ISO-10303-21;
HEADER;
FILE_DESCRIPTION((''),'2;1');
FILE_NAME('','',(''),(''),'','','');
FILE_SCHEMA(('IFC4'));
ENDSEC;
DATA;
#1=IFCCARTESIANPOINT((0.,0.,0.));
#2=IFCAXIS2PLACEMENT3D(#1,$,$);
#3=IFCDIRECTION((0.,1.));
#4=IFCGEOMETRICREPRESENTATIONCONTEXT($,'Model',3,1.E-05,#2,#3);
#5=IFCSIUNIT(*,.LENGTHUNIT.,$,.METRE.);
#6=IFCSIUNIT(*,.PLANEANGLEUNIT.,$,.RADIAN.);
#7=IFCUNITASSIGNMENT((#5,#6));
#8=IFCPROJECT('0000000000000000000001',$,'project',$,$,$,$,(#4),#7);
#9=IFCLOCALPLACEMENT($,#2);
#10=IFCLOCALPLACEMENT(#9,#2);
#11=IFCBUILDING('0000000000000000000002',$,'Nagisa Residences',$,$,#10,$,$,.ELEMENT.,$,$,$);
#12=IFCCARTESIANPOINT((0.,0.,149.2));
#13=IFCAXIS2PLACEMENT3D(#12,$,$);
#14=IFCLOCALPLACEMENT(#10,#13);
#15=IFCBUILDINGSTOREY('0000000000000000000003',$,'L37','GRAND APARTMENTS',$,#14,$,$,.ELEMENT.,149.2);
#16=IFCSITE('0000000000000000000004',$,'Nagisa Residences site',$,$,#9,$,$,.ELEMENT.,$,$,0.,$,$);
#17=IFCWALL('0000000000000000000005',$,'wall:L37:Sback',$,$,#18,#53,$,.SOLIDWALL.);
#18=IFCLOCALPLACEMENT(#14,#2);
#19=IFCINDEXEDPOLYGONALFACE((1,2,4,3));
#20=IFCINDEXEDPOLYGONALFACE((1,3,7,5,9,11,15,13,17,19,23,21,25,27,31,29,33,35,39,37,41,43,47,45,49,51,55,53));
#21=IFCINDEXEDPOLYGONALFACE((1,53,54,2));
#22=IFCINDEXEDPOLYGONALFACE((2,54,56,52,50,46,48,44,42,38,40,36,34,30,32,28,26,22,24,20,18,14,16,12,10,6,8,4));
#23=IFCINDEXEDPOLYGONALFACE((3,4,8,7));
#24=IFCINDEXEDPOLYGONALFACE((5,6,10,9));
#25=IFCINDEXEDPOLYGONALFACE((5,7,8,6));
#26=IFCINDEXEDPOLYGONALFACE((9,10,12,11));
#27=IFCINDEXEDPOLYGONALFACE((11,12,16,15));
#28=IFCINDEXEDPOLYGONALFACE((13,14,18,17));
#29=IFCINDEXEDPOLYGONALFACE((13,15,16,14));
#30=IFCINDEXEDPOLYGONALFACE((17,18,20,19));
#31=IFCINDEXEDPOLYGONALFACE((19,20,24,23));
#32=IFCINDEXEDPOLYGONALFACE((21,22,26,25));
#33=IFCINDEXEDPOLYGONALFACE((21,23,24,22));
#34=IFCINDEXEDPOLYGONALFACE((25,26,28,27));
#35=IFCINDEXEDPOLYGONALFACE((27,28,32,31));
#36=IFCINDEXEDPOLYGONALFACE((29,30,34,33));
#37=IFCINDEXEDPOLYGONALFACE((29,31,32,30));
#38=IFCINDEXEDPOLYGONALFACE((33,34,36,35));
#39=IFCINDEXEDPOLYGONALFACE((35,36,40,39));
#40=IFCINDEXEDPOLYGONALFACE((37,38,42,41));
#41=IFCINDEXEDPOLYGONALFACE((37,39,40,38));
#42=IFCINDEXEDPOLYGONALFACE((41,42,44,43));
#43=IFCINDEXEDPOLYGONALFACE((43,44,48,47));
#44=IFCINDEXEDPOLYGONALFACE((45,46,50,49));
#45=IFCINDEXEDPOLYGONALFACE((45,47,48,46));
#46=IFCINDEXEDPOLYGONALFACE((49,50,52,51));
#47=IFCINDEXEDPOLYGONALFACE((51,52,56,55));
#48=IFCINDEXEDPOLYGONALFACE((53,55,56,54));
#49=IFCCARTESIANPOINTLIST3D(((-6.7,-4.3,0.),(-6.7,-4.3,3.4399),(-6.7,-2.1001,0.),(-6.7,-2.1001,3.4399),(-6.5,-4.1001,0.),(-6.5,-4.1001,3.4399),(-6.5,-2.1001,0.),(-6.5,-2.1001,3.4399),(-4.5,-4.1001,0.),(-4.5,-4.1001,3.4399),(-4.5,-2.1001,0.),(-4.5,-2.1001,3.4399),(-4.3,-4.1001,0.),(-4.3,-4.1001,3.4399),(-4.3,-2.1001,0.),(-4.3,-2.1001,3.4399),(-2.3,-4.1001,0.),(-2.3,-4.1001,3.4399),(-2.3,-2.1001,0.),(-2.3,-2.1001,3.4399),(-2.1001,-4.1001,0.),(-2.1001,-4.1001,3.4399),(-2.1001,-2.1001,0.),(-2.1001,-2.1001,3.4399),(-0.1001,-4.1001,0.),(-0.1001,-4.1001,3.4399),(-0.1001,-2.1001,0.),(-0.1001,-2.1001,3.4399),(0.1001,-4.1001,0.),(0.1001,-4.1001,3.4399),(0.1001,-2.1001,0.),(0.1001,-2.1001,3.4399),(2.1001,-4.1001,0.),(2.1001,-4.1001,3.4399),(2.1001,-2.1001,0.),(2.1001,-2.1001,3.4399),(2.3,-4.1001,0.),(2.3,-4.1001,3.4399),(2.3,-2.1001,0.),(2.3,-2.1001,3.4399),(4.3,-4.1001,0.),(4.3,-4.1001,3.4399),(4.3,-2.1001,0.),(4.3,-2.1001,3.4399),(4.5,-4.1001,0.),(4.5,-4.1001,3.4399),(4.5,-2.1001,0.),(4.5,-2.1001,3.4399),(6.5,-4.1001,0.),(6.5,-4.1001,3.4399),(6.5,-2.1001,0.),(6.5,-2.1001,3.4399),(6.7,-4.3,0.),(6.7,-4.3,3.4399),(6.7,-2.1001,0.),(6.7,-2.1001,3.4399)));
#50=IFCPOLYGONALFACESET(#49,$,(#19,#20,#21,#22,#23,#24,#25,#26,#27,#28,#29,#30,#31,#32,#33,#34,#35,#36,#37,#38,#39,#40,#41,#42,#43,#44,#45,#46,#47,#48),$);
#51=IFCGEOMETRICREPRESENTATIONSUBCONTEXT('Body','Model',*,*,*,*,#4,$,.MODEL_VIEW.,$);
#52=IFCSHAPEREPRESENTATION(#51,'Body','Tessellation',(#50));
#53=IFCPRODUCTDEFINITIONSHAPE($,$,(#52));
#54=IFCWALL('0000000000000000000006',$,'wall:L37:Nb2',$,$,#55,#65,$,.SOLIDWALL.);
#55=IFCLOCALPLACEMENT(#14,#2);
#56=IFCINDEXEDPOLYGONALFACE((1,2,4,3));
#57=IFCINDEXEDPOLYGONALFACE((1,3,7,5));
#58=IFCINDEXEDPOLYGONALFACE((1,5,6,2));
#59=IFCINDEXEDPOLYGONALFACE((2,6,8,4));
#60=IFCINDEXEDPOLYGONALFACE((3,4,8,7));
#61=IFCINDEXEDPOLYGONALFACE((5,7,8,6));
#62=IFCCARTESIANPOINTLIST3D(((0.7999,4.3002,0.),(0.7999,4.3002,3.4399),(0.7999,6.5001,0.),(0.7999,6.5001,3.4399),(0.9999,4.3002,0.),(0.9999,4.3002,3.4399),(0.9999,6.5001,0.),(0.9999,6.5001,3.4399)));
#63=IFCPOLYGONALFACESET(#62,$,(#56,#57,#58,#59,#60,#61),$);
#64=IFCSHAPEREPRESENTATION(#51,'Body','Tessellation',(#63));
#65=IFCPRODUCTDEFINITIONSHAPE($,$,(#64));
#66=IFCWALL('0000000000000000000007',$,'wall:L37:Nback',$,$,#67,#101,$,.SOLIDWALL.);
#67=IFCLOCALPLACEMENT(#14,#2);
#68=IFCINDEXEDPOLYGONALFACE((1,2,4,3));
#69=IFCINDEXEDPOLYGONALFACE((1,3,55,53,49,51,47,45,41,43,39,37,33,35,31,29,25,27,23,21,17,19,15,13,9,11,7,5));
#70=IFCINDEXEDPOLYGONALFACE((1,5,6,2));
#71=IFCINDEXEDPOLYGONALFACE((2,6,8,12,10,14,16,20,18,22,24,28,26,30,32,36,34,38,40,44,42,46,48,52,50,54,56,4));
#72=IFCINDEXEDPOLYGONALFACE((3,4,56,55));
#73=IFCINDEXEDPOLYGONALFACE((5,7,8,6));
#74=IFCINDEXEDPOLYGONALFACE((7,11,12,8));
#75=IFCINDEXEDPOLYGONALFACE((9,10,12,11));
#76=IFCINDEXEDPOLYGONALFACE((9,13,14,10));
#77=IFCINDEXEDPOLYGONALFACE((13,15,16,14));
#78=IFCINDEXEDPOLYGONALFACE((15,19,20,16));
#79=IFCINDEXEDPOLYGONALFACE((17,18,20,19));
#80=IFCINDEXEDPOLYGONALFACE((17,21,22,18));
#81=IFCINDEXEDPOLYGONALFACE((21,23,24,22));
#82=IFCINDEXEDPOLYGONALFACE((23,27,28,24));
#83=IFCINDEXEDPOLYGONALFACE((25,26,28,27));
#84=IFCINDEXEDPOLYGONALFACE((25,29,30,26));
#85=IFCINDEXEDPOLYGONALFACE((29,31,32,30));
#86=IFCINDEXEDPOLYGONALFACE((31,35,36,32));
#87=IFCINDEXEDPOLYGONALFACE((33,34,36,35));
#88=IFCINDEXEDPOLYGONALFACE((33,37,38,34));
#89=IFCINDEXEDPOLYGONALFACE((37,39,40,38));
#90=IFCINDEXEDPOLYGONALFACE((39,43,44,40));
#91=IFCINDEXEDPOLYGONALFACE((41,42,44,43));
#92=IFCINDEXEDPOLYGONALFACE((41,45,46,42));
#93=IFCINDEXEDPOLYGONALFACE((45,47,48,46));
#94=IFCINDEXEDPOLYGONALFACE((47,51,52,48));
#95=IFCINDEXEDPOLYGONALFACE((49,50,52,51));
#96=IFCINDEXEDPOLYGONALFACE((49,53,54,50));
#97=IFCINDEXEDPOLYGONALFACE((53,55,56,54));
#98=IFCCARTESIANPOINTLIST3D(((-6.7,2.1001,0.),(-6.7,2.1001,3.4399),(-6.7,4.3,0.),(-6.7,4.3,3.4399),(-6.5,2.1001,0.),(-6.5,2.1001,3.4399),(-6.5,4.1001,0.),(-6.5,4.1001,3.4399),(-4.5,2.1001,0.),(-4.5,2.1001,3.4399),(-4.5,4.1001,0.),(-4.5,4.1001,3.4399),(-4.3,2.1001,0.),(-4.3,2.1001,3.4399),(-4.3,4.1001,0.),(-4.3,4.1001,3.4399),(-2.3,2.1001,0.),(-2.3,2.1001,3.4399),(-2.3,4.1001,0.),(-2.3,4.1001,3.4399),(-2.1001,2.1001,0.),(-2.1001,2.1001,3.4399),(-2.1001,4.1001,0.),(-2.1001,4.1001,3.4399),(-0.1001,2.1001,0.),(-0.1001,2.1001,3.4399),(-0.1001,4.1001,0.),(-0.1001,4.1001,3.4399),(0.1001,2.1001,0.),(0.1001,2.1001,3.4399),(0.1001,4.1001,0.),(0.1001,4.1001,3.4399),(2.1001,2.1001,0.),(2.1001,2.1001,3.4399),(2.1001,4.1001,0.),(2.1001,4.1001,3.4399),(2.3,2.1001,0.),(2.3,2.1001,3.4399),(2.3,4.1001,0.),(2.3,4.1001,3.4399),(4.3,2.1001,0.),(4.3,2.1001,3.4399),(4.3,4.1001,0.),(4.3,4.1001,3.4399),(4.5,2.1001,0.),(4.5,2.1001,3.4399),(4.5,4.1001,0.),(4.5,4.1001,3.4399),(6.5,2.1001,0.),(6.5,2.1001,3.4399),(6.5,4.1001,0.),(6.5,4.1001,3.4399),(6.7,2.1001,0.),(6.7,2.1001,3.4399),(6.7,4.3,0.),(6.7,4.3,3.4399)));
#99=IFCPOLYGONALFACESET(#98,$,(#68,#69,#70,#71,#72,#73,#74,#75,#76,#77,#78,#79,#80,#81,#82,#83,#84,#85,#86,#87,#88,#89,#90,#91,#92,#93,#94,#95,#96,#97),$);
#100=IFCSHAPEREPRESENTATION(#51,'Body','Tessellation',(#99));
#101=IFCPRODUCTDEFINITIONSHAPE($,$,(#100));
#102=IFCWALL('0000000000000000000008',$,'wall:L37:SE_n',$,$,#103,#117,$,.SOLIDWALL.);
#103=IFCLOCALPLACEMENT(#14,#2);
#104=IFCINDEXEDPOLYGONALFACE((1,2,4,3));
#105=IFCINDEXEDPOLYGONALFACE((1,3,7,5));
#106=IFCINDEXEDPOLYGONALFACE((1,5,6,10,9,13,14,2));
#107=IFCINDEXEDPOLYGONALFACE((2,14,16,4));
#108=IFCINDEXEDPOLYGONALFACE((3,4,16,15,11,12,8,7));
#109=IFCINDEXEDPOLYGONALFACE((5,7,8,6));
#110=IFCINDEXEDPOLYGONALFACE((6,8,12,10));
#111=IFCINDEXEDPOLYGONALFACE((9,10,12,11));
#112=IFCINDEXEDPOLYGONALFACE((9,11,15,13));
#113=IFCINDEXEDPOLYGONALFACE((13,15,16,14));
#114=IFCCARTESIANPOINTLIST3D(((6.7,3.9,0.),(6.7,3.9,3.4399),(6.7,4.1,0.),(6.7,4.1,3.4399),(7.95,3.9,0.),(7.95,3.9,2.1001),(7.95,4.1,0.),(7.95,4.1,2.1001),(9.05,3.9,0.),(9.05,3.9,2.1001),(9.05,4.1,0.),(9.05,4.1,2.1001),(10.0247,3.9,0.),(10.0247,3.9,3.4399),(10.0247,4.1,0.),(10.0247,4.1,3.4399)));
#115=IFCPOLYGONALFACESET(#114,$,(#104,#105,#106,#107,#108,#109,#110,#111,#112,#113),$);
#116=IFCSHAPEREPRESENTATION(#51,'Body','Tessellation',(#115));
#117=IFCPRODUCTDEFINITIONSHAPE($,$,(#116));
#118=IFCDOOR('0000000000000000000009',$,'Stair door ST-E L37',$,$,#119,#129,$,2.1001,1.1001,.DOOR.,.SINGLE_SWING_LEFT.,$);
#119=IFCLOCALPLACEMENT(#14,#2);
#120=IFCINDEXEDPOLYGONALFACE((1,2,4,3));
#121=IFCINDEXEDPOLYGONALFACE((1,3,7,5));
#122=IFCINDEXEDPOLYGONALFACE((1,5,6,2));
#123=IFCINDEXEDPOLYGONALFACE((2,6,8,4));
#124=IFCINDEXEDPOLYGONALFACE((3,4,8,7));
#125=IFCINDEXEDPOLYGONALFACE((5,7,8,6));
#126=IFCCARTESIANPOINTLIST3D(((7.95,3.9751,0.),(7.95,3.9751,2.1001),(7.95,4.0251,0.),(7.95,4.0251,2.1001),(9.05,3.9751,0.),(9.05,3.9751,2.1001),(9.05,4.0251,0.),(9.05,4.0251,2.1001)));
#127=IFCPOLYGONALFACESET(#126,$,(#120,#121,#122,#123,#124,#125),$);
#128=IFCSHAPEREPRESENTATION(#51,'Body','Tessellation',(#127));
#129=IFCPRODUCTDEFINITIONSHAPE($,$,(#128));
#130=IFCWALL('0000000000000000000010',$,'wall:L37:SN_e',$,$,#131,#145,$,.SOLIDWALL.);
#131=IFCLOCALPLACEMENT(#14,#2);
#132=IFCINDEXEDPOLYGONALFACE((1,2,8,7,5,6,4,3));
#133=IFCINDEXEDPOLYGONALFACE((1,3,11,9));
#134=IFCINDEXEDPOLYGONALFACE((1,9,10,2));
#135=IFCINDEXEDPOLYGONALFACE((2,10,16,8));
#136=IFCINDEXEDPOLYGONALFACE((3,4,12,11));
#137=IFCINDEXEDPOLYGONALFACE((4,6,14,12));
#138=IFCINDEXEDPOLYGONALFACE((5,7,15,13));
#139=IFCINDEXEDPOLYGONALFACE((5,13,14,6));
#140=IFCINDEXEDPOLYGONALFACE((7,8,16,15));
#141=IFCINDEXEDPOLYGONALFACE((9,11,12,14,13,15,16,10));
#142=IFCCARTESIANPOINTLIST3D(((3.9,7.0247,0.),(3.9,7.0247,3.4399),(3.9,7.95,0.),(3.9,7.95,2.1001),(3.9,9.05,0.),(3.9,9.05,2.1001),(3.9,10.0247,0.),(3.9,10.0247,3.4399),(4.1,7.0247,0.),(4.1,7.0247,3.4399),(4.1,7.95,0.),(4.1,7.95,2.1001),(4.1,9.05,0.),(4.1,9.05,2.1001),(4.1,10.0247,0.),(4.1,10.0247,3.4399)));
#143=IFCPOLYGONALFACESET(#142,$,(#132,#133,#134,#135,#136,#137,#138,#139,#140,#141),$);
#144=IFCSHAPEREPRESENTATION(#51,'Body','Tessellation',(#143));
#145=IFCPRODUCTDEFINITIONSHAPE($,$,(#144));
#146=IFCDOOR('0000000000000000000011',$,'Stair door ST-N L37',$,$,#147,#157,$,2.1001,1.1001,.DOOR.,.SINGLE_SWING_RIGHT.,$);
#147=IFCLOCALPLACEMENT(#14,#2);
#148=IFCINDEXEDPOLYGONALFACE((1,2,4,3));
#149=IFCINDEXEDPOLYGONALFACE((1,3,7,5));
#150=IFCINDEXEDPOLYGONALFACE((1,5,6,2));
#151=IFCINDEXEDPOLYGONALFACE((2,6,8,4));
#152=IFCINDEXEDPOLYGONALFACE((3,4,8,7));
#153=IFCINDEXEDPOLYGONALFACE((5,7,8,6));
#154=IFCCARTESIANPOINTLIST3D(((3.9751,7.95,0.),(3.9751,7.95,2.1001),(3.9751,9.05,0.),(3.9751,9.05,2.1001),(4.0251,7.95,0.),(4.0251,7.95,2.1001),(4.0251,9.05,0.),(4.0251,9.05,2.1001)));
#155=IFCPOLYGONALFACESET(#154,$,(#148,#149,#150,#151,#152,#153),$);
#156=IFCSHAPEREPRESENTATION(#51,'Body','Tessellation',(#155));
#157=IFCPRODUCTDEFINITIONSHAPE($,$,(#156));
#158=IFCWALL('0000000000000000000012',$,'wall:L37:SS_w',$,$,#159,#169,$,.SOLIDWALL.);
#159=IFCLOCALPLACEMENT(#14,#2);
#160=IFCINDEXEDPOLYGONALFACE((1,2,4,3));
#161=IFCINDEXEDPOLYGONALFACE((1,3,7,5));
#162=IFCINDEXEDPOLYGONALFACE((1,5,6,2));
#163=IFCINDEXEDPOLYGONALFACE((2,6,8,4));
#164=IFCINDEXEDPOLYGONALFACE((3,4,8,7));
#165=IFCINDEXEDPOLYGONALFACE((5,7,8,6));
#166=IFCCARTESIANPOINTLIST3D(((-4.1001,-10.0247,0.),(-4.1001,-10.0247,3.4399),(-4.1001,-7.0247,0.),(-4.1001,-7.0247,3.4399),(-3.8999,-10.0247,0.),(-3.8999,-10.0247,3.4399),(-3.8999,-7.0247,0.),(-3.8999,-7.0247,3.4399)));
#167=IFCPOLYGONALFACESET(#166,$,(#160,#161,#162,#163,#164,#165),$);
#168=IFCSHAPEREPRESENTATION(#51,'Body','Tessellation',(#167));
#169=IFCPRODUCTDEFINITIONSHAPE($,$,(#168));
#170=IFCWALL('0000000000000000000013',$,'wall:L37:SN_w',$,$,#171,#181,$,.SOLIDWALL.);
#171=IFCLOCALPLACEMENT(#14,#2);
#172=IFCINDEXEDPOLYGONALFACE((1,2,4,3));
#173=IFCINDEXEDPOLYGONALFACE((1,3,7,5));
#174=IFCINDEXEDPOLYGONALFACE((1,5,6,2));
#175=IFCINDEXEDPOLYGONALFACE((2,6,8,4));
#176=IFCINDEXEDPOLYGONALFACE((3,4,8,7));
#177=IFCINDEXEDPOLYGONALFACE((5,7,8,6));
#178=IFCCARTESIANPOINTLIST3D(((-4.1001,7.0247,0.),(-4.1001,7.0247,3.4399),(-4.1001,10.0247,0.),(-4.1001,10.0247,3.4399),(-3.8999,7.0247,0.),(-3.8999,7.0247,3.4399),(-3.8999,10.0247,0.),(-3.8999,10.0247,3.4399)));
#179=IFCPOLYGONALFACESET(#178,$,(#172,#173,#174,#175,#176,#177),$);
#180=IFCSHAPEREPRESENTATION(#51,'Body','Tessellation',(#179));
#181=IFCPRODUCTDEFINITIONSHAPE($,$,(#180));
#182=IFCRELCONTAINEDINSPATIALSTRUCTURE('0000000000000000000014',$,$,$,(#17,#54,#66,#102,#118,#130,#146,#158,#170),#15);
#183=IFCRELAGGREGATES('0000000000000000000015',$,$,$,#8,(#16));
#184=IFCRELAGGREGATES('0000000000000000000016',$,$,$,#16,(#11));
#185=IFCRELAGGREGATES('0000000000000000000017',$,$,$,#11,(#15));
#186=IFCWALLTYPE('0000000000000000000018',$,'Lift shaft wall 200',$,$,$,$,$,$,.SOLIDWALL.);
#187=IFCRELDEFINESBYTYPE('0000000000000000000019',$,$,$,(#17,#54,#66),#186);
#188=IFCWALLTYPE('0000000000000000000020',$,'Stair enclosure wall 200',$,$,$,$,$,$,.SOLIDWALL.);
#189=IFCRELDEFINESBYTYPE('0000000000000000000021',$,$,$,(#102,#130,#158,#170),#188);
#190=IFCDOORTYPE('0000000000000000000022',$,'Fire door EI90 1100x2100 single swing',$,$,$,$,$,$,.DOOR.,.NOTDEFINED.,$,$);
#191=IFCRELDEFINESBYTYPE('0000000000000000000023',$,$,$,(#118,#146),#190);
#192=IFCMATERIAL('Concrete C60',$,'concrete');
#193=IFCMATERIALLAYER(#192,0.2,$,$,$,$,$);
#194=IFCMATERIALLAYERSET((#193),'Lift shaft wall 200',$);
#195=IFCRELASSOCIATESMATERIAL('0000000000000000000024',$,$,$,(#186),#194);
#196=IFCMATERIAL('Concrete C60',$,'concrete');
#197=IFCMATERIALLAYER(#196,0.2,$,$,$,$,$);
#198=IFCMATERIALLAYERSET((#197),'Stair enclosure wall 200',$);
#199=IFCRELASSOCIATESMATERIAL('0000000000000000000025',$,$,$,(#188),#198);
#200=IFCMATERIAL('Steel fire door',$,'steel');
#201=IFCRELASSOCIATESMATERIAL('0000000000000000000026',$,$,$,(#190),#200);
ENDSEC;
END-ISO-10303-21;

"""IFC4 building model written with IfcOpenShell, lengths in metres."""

from ifc_helpers import new_model, si_unit, direction, frame, frame_2d, origin, place, context, subcontext, project, spatial, polyline, rectangle, outline, extrude, material, layer, layer_set, type_object, element, fill, save


model = new_model("IFC4")

# Units and contexts
model_context = context("Model", 3, precision=1e-05, world=origin(), true_north=direction((0.0, 1.0)))
body_context = subcontext(model_context, "Body", "Model", "MODEL_VIEW")
ifc_project = project(units=[si_unit("LENGTHUNIT", "METRE"), si_unit("PLANEANGLEUNIT", "RADIAN")], contexts=[model_context])

# Site, building, storey
site_placement = place(None, origin())
site = spatial("IfcSite", under=ifc_project, at=site_placement, Name="Nagisa Residences site", CompositionType="ELEMENT", RefElevation=0.0)
building_placement = place(site_placement, origin())
building = spatial("IfcBuilding", under=site, at=building_placement, Name="Nagisa Residences", CompositionType="ELEMENT")
storey_placement = place(building_placement, frame((0.0, 0.0, 149.2)))
storey = spatial("IfcBuildingStorey", under=building, at=storey_placement, Name="L37", Description="GRAND APARTMENTS", CompositionType="ELEMENT", Elevation=149.2)

# Shared definitions
ifc_material_1 = material(Name="Concrete C60", Category="concrete")
ifc_layer_1 = layer(ifc_material_1, 0.2)
ifc_layer_set_1 = layer_set([ifc_layer_1], Name="Lift shaft wall 200")
wall_type_1 = type_object("IfcWallType", Name="Lift shaft wall 200", PredefinedType="SOLIDWALL", material=ifc_layer_set_1)

# Walls
wall_1_placement = place(storey_placement, origin())
element("IfcWall", 1, at=wall_1_placement, inside=storey, type_object=wall_type_1, Name="wall:L37:Sback", PredefinedType="SOLIDWALL", context=body_context, shape_type="SweptSolid", body=[
    extrude(outline(polyline([(-6.7, -2.1001), (-6.5, -2.1001), (-6.5, -4.1001), (-4.5, -4.1001), (-4.5, -2.1001), (-4.3, -2.1001), (-4.3, -4.1001), (-2.3, -4.1001), (-2.3, -2.1001), (-2.1001, -2.1001), (-2.1001, -4.1001), (-0.1001, -4.1001), (-0.1001, -2.1001), (0.1001, -2.1001), (0.1001, -4.1001), (2.1001, -4.1001), (2.1001, -2.1001), (2.3, -2.1001), (2.3, -4.1001), (4.3, -4.1001), (4.3, -2.1001), (4.5, -2.1001), (4.5, -4.1001), (6.5, -4.1001), (6.5, -2.1001), (6.7, -2.1001), (6.7, -4.3), (-6.7, -4.3), (-6.7, -2.1001)])), origin(), (0.0, 0.0, 1.0), 3.4399),
])
wall_2_placement = place(storey_placement, frame((0.8999, 4.3, 0.0), z_axis=(0.0, 0.0, 1.0), x_axis=(0.0, 1.0, 0.0)))
element("IfcWall", 2, at=wall_2_placement, inside=storey, type_object=wall_type_1, Name="wall:L37:Nb2", PredefinedType="SOLIDWALL", context=body_context, shape_type="SweptSolid", body=[
    extrude(rectangle(XDim=2.2, YDim=0.2, at=frame_2d((1.1001, 0.0))), origin(), (0.0, 0.0, 1.0), 3.4399),
])
wall_3_placement = place(storey_placement, origin())
element("IfcWall", 3, at=wall_3_placement, inside=storey, type_object=wall_type_1, Name="wall:L37:Nback", PredefinedType="SOLIDWALL", context=body_context, shape_type="SweptSolid", body=[
    extrude(outline(polyline([(-6.5, 2.1001), (-6.7, 2.1001), (-6.7, 4.3), (6.7, 4.3), (6.7, 2.1001), (6.5, 2.1001), (6.5, 4.1001), (4.5, 4.1001), (4.5, 2.1001), (4.3, 2.1001), (4.3, 4.1001), (2.3, 4.1001), (2.3, 2.1001), (2.1001, 2.1001), (2.1001, 4.1001), (0.1001, 4.1001), (0.1001, 2.1001), (-0.1001, 2.1001), (-0.1001, 4.1001), (-2.1001, 4.1001), (-2.1001, 2.1001), (-2.3, 2.1001), (-2.3, 4.1001), (-4.3, 4.1001), (-4.3, 2.1001), (-4.5, 2.1001), (-4.5, 4.1001), (-6.5, 4.1001), (-6.5, 2.1001)])), origin(), (0.0, 0.0, 1.0), 3.4399),
])

# Walls, openings, doors
ifc_material_2 = material(Name="Concrete C60", Category="concrete")
ifc_layer_2 = layer(ifc_material_2, 0.2)
ifc_layer_set_2 = layer_set([ifc_layer_2], Name="Stair enclosure wall 200")
wall_type_2 = type_object("IfcWallType", Name="Stair enclosure wall 200", PredefinedType="SOLIDWALL", material=ifc_layer_set_2)
wall_4_placement = place(storey_placement, frame((6.7, 4.0, 0.0), z_axis=(0.0, 0.0, 1.0), x_axis=(1.0, 0.0, 0.0)))
wall_4 = element("IfcWall", 4, at=wall_4_placement, inside=storey, type_object=wall_type_2, Name="wall:L37:SE_n", PredefinedType="SOLIDWALL", context=body_context, shape_type="SweptSolid", body=[
    extrude(rectangle(XDim=3.3247, YDim=0.2, at=frame_2d((1.6624, 0.0))), origin(), (0.0, 0.0, 1.0), 3.4399),
])
opening_1_placement = place(wall_4_placement, frame((1.25, 0.0, 0.0)))
opening_1 = element("IfcOpeningElement", 5, at=opening_1_placement, cuts=wall_4, PredefinedType="OPENING", context=body_context, shape_type="SweptSolid", body=[
    extrude(rectangle(XDim=1.1001, YDim=2.1001, at=frame_2d((0.55, 1.05))), frame((0.0, 0.1099, 0.0), z_axis=(0.0, -1.0, 0.0), x_axis=(1.0, 0.0, 0.0)), (0.0, 0.0, 1.0), 0.22),
])
ifc_material_3 = material(Name="Steel fire door", Category="steel")
door_type_1 = type_object("IfcDoorType", Name="Fire door EI90 1100x2100 single swing", OperationType="NOTDEFINED", PredefinedType="DOOR", material=ifc_material_3)
door_1_placement = place(opening_1_placement, frame((1.1001, 0.0, 0.0), x_axis=(-1.0, 0.0, 0.0)))
door_1 = element("IfcDoor", 6, at=door_1_placement, inside=storey, type_object=door_type_1, Name="Stair door ST-E L37", OperationType="SINGLE_SWING_LEFT", OverallHeight=2.1001, OverallWidth=1.1001, PredefinedType="DOOR", context=body_context, shape_type="SweptSolid", body=[
    extrude(rectangle(XDim=1.1001, YDim=2.1001, at=frame_2d((0.55, 1.05))), frame((0.0, 0.0249, 0.0), z_axis=(0.0, -1.0, 0.0), x_axis=(1.0, 0.0, 0.0)), (0.0, 0.0, 1.0), 0.05),
])
fill(opening_1, door_1)
wall_5_placement = place(storey_placement, frame((4.0, 7.0247, 0.0), z_axis=(0.0, 0.0, 1.0), x_axis=(0.0, 1.0, 0.0)))
wall_5 = element("IfcWall", 7, at=wall_5_placement, inside=storey, type_object=wall_type_2, Name="wall:L37:SN_e", PredefinedType="SOLIDWALL", context=body_context, shape_type="SweptSolid", body=[
    extrude(rectangle(XDim=3.0, YDim=0.2, at=frame_2d((1.5, 0.0))), origin(), (0.0, 0.0, 1.0), 3.4399),
])
opening_2_placement = place(wall_5_placement, frame((0.9253, 0.0, 0.0)))
opening_2 = element("IfcOpeningElement", 8, at=opening_2_placement, cuts=wall_5, PredefinedType="OPENING", context=body_context, shape_type="SweptSolid", body=[
    extrude(rectangle(XDim=1.1001, YDim=2.1001, at=frame_2d((0.55, 1.05))), frame((0.0, 0.1099, 0.0), z_axis=(0.0, -1.0, 0.0), x_axis=(1.0, 0.0, 0.0)), (0.0, 0.0, 1.0), 0.22),
])
door_2_placement = place(opening_2_placement, origin())
door_2 = element("IfcDoor", 9, at=door_2_placement, inside=storey, type_object=door_type_1, Name="Stair door ST-N L37", OperationType="SINGLE_SWING_RIGHT", OverallHeight=2.1001, OverallWidth=1.1001, PredefinedType="DOOR", context=body_context, shape_type="SweptSolid", body=[
    extrude(rectangle(XDim=1.1001, YDim=2.1001, at=frame_2d((0.55, 1.05))), frame((0.0, 0.0249, 0.0), z_axis=(0.0, -1.0, 0.0), x_axis=(1.0, 0.0, 0.0)), (0.0, 0.0, 1.0), 0.05),
])
fill(opening_2, door_2)

# Walls
wall_6_placement = place(storey_placement, origin())
element("IfcWall", 10, at=wall_6_placement, inside=storey, type_object=wall_type_2, Name="wall:L37:SS_w", PredefinedType="SOLIDWALL", context=body_context, shape_type="SweptSolid", body=[
    extrude(outline(polyline([(-3.8999, -10.0247), (-4.1001, -10.0247), (-4.1001, -7.0247), (-3.8999, -7.0247), (-3.8999, -10.0247)])), origin(), (0.0, 0.0, 1.0), 3.4399),
])
wall_7_placement = place(storey_placement, origin())
element("IfcWall", 11, at=wall_7_placement, inside=storey, type_object=wall_type_2, Name="wall:L37:SN_w", PredefinedType="SOLIDWALL", context=body_context, shape_type="SweptSolid", body=[
    extrude(outline(polyline([(-3.8999, 7.0247), (-4.1001, 7.0247), (-4.1001, 10.0247), (-3.8999, 10.0247), (-3.8999, 7.0247)])), origin(), (0.0, 0.0, 1.0), 3.4399),
])

save(model, "model.ifc")
